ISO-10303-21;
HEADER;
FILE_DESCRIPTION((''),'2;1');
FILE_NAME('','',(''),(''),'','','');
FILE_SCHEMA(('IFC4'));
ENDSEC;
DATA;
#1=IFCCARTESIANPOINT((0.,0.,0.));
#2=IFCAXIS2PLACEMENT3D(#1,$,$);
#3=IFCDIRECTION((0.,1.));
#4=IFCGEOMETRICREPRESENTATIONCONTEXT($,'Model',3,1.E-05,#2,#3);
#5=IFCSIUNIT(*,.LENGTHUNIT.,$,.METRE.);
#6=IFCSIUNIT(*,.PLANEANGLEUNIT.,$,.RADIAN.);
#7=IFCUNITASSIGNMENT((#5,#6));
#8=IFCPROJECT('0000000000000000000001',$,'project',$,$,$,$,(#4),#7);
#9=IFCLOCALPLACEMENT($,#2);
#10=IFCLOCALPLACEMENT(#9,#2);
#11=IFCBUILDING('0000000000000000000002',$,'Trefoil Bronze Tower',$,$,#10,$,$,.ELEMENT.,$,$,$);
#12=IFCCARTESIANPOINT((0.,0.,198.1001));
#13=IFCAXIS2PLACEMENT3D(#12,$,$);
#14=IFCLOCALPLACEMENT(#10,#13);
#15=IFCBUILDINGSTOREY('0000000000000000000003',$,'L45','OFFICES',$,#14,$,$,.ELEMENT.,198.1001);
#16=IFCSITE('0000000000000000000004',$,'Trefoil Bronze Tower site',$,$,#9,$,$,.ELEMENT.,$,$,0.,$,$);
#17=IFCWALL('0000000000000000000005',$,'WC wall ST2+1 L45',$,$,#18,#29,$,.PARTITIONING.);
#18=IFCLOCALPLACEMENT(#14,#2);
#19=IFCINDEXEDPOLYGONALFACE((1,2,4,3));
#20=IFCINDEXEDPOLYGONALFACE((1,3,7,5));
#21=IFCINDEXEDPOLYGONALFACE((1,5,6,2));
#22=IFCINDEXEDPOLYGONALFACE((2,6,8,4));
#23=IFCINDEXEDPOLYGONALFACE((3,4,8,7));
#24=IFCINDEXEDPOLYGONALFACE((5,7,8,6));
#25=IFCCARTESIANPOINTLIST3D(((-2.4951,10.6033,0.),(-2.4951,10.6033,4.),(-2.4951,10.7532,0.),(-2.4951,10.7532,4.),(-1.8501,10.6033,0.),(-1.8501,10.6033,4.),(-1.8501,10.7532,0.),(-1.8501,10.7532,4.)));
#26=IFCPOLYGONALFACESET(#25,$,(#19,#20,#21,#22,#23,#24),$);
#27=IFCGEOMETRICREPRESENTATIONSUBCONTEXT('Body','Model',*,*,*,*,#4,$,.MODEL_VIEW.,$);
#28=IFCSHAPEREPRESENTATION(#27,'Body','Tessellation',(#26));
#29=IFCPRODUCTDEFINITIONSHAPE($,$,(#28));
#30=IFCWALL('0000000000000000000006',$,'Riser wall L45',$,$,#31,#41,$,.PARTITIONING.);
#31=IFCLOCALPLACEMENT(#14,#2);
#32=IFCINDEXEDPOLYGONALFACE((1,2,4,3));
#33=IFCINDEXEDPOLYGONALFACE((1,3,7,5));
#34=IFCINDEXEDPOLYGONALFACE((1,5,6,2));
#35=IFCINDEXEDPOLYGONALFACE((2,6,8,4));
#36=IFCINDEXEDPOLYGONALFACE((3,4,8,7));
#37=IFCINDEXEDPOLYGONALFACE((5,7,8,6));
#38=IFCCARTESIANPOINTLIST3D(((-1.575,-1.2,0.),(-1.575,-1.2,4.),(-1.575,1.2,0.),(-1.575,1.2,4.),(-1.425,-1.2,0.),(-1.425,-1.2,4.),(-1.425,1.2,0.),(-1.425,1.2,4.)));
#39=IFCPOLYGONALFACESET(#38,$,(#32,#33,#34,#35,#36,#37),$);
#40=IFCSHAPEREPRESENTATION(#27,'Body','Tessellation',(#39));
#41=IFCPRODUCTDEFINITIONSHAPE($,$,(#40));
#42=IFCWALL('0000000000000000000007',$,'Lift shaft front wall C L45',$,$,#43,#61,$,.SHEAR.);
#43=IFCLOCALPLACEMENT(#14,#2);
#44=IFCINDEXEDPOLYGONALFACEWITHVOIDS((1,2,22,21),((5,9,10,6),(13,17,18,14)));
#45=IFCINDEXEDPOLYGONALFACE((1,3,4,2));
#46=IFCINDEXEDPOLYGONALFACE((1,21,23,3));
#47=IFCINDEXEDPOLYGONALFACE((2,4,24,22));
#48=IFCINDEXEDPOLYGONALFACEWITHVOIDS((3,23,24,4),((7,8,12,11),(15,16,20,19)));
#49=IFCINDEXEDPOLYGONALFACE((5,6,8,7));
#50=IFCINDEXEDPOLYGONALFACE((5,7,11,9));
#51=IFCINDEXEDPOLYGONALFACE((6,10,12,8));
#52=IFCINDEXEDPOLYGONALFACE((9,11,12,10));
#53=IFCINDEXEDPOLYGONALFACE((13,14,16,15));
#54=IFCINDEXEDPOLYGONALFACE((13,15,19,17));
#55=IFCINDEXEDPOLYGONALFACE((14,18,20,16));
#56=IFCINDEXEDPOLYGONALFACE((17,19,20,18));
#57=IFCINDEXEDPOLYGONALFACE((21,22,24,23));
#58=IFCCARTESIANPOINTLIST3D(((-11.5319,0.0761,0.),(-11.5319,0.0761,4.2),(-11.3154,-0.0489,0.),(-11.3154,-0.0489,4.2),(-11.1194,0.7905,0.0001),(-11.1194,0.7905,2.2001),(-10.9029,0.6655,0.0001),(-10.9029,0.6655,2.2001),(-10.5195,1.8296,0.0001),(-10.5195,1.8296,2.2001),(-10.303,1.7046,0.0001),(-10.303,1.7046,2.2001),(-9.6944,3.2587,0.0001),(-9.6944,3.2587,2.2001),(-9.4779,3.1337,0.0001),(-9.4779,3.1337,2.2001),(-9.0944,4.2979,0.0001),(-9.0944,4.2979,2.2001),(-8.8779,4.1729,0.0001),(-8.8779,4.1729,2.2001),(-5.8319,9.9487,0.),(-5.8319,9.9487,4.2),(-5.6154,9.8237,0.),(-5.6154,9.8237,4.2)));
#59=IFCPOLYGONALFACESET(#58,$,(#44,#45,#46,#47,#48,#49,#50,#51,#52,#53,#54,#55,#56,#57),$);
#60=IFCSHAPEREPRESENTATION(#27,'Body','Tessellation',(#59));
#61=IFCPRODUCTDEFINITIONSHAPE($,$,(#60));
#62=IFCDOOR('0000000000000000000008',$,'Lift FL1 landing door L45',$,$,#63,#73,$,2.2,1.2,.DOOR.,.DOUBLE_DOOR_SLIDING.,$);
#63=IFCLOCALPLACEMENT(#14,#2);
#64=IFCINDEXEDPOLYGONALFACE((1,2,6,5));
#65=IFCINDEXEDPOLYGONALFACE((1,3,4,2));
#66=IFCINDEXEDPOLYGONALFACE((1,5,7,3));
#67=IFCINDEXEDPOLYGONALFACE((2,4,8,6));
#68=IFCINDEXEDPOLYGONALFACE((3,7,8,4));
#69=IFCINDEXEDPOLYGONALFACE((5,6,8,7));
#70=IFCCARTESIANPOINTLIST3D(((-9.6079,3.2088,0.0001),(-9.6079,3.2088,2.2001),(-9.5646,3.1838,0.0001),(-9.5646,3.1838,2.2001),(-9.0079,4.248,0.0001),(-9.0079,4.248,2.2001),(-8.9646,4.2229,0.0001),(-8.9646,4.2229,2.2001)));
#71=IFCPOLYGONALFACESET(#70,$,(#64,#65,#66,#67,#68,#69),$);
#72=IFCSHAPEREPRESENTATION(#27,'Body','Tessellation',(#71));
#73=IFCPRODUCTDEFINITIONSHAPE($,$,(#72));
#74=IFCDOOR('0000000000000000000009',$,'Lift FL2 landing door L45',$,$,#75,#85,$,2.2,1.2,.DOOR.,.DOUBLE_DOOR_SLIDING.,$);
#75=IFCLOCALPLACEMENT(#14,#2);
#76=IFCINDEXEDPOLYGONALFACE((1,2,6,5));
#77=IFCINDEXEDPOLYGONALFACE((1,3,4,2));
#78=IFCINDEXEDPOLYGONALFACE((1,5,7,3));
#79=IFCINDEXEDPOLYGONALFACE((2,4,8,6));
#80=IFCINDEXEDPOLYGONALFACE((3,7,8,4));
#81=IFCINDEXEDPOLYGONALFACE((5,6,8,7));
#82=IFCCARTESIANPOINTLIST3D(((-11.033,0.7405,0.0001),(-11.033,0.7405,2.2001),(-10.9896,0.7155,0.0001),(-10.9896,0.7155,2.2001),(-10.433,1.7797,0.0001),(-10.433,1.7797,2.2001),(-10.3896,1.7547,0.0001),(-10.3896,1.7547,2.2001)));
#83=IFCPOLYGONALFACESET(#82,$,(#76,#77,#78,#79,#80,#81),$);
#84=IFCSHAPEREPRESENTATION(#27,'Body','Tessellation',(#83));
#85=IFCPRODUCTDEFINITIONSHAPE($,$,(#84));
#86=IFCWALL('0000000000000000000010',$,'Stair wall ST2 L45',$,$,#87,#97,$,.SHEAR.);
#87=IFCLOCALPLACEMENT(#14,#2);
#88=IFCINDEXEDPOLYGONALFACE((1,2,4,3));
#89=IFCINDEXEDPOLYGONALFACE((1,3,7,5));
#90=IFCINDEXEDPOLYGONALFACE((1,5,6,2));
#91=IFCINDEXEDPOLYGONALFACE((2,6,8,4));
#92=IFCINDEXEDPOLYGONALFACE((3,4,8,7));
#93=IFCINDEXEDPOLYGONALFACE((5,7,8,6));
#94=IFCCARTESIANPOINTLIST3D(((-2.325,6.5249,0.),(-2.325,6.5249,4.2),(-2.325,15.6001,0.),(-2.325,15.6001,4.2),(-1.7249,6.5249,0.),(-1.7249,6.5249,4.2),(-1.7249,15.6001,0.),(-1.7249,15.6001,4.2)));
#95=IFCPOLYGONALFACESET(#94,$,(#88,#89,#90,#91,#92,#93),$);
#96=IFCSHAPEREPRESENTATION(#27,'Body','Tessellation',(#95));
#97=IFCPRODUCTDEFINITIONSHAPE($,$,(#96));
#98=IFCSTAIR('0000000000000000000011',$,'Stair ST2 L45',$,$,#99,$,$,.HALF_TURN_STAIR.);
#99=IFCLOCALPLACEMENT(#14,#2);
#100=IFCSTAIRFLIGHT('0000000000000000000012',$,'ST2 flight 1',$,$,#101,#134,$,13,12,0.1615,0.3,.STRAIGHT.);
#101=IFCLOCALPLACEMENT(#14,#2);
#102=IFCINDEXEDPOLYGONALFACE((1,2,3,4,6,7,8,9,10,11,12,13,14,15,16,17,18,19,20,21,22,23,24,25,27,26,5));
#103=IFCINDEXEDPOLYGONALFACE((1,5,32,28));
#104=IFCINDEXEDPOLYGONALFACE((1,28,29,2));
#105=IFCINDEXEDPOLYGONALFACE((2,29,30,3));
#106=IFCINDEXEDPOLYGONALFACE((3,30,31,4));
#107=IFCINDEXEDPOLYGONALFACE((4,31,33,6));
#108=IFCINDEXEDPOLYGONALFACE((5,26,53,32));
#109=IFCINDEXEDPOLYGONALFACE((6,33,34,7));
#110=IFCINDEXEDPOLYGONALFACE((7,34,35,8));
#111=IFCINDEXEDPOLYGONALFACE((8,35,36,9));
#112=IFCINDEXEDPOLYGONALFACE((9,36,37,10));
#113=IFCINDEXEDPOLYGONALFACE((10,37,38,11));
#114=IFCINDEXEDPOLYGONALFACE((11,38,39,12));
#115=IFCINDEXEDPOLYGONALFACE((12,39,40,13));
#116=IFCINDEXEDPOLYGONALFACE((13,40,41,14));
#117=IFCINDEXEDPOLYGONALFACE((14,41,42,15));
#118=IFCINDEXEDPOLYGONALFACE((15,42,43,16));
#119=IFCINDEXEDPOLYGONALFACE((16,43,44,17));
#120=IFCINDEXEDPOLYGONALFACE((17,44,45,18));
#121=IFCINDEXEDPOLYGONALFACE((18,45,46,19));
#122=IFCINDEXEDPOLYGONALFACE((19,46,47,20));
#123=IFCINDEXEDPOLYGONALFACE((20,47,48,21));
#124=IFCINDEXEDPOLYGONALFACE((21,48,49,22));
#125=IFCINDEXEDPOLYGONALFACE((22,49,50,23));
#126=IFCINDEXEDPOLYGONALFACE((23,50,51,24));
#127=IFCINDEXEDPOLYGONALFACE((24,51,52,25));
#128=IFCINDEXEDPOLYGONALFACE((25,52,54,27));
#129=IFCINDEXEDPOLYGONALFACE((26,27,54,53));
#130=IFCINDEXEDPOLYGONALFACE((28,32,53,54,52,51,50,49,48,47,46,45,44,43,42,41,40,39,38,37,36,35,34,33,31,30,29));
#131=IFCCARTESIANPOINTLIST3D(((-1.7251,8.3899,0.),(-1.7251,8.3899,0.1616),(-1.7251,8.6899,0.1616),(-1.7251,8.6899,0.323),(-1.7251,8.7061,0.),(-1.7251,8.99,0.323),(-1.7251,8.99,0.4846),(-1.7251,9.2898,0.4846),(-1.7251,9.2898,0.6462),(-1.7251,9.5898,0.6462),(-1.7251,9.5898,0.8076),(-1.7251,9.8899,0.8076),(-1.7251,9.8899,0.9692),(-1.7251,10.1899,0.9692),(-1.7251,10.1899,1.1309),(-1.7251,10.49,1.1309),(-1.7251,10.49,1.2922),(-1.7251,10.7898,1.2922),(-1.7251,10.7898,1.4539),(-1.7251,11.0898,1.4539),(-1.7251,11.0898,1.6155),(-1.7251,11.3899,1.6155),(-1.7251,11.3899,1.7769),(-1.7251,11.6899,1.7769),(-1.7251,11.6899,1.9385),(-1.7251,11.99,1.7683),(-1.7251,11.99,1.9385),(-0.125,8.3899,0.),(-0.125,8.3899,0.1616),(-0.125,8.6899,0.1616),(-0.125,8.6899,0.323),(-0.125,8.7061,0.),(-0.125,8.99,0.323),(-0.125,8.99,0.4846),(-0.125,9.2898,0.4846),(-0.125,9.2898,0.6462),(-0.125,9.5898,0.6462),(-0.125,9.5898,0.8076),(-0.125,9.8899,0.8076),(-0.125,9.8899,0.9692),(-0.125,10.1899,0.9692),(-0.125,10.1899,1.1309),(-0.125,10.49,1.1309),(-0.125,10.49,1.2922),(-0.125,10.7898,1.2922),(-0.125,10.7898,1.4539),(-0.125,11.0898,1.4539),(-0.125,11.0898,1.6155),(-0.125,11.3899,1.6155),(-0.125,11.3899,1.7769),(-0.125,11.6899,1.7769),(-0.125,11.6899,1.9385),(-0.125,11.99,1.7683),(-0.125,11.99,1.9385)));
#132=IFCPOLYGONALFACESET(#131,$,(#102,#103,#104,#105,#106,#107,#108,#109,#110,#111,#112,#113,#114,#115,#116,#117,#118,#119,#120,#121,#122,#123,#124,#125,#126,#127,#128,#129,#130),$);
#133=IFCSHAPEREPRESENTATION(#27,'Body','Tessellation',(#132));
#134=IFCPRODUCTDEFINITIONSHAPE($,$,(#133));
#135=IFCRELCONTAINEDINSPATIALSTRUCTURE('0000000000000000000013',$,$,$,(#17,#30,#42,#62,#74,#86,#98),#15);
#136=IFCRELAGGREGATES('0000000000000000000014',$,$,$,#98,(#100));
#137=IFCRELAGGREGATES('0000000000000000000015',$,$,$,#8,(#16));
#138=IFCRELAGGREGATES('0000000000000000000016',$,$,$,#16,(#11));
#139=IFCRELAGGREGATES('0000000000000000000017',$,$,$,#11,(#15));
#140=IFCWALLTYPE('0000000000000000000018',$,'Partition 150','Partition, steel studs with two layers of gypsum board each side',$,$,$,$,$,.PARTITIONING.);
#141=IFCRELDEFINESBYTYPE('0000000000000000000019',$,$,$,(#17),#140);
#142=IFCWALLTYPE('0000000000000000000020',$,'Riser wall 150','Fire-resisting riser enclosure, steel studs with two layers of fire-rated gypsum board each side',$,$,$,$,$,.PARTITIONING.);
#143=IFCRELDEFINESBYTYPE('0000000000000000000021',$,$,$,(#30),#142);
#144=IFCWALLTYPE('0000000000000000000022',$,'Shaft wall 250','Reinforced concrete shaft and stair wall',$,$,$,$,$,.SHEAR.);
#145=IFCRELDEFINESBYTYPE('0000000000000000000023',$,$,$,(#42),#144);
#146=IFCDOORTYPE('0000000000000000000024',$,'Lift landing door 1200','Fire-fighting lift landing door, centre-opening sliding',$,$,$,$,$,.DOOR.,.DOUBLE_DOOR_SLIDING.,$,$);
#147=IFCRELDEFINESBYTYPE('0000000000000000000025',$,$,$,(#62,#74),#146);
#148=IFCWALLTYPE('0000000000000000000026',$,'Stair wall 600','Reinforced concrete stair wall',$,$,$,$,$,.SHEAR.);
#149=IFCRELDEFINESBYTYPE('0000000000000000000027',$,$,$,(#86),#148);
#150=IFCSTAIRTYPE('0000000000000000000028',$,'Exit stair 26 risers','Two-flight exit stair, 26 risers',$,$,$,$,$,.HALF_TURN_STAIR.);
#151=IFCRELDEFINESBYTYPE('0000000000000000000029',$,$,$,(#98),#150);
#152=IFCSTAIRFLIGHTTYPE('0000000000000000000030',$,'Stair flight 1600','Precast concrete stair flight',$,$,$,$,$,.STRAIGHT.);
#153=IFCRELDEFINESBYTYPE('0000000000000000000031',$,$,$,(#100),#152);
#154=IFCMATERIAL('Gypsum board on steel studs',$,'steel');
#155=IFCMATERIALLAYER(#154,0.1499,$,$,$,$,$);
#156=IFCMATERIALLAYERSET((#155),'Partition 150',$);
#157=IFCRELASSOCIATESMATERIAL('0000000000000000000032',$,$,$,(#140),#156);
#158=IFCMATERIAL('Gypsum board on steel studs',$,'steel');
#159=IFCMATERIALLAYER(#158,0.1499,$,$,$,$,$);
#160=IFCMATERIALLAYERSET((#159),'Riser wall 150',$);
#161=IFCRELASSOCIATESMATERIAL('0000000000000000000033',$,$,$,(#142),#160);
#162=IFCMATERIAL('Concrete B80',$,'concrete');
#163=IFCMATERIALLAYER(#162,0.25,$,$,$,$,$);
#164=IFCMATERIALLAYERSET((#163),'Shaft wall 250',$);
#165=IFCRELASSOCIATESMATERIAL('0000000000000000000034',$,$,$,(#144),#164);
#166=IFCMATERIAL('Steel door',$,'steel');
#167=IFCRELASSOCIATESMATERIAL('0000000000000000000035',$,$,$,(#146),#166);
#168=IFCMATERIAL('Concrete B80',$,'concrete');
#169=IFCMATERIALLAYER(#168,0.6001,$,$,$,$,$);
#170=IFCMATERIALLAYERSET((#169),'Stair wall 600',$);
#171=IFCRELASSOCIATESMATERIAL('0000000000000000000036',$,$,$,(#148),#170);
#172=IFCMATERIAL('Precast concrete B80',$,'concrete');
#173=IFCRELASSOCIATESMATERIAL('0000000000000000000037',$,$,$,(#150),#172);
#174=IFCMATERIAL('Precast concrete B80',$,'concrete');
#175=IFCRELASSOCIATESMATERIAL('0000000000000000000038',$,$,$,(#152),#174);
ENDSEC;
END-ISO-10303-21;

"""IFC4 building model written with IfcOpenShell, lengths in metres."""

from ifc_helpers import new_model, si_unit, direction, frame, frame_2d, origin, place, context, subcontext, project, spatial, polyline, rectangle, outline, extrude, material, layer, layer_set, type_object, element, fill, aggregate, save


model = new_model("IFC4")

# Units and contexts
model_context = context("Model", 3, precision=1e-05, world=origin(), true_north=direction((0.0, 1.0)))
body_context = subcontext(model_context, "Body", "Model", "MODEL_VIEW")
ifc_project = project(units=[si_unit("LENGTHUNIT", "METRE"), si_unit("PLANEANGLEUNIT", "RADIAN")], contexts=[model_context])

# Site, building, storey
site_placement = place(None, origin())
site = spatial("IfcSite", under=ifc_project, at=site_placement, Name="Trefoil Bronze Tower site", CompositionType="ELEMENT", RefElevation=0.0)
building_placement = place(site_placement, origin())
building = spatial("IfcBuilding", under=site, at=building_placement, Name="Trefoil Bronze Tower", CompositionType="ELEMENT")
storey_placement = place(building_placement, frame((0.0, 0.0, 198.1001)))
storey = spatial("IfcBuildingStorey", under=building, at=storey_placement, Name="L45", Description="OFFICES", CompositionType="ELEMENT", Elevation=198.1001)

# Shared definitions
ifc_material_1 = material(Name="Gypsum board on steel studs", Category="steel")
ifc_layer_1 = layer(ifc_material_1, 0.1499)
ifc_layer_set_1 = layer_set([ifc_layer_1], Name="Partition 150")
wall_type_1 = type_object("IfcWallType", Name="Partition 150", Description="Partition, steel studs with two layers of gypsum board each side", PredefinedType="PARTITIONING", material=ifc_layer_set_1)

# Walls
wall_1_placement = place(storey_placement, frame((-2.4951, 10.6782, 0.0), z_axis=(0.0, 0.0, 1.0), x_axis=(1.0, 0.0, 0.0)))
element("IfcWall", 1, at=wall_1_placement, inside=storey, type_object=wall_type_1, Name="WC wall ST2+1 L45", PredefinedType="PARTITIONING", context=body_context, shape_type="SweptSolid", body=[
    extrude(rectangle(XDim=0.645, YDim=0.1499, at=frame_2d((0.3225, 0.0))), origin(), (0.0, 0.0, 1.0), 4.0),
])
ifc_material_2 = material(Name="Gypsum board on steel studs", Category="steel")
ifc_layer_2 = layer(ifc_material_2, 0.1499)
ifc_layer_set_2 = layer_set([ifc_layer_2], Name="Riser wall 150")
wall_type_2 = type_object("IfcWallType", Name="Riser wall 150", Description="Fire-resisting riser enclosure, steel studs with two layers of fire-rated gypsum board each side", PredefinedType="PARTITIONING", material=ifc_layer_set_2)
wall_2_placement = place(storey_placement, frame((-1.5, 1.2, 0.0), z_axis=(0.0, 0.0, 1.0), x_axis=(0.0, -1.0, 0.0)))
element("IfcWall", 2, at=wall_2_placement, inside=storey, type_object=wall_type_2, Name="Riser wall L45", PredefinedType="PARTITIONING", context=body_context, shape_type="SweptSolid", body=[
    extrude(rectangle(XDim=2.3999, YDim=0.1499, at=frame_2d((1.2, 0.0))), origin(), (0.0, 0.0, 1.0), 4.0),
])

# Wall, openings, doors
ifc_material_3 = material(Name="Concrete B80", Category="concrete")
ifc_layer_3 = layer(ifc_material_3, 0.25)
ifc_layer_set_3 = layer_set([ifc_layer_3], Name="Shaft wall 250")
wall_type_3 = type_object("IfcWallType", Name="Shaft wall 250", Description="Reinforced concrete shaft and stair wall", PredefinedType="SHEAR", material=ifc_layer_set_3)
wall_3_placement = place(storey_placement, frame((-5.7236, 9.8862, 0.0), z_axis=(0.0, 0.0, 1.0), x_axis=(-0.500002, -0.866024, 0.0)))
wall_3 = element("IfcWall", 3, at=wall_3_placement, inside=storey, type_object=wall_type_3, Name="Lift shaft front wall C L45", PredefinedType="SHEAR", context=body_context, shape_type="SweptSolid", body=[
    extrude(rectangle(XDim=11.3999, YDim=0.25, at=frame_2d((5.7, 0.0))), origin(), (0.0, 0.0, 1.0), 4.2),
])
opening_1_placement = place(wall_3_placement, frame((6.5249, 0.0, 0.0)))
opening_1 = element("IfcOpeningElement", 4, at=opening_1_placement, cuts=wall_3, PredefinedType="OPENING", context=body_context, shape_type="SweptSolid", body=[
    extrude(rectangle(XDim=1.2, YDim=2.2, at=frame_2d((0.6001, 1.1001))), frame((0.0, 0.135, 0.0), z_axis=(0.0, -1.0, 0.0), x_axis=(1.0, 0.0, 0.0)), (0.0, 0.0, 1.0), 0.27),
])
opening_2_placement = place(wall_3_placement, frame((9.375, 0.0, 0.0)))
opening_2 = element("IfcOpeningElement", 5, at=opening_2_placement, cuts=wall_3, PredefinedType="OPENING", context=body_context, shape_type="SweptSolid", body=[
    extrude(rectangle(XDim=1.2, YDim=2.2, at=frame_2d((0.6001, 1.1001))), frame((0.0, 0.135, 0.0), z_axis=(0.0, -1.0, 0.0), x_axis=(1.0, 0.0, 0.0)), (0.0, 0.0, 1.0), 0.27),
])
ifc_material_4 = material(Name="Steel door", Category="steel")
door_type_1 = type_object("IfcDoorType", Name="Lift landing door 1200", Description="Fire-fighting lift landing door, centre-opening sliding", OperationType="DOUBLE_DOOR_SLIDING", PredefinedType="DOOR", material=ifc_material_4)
door_1_placement = place(opening_1_placement, origin())
door_1 = element("IfcDoor", 6, at=door_1_placement, inside=storey, type_object=door_type_1, Name="Lift FL1 landing door L45", OperationType="DOUBLE_DOOR_SLIDING", OverallHeight=2.2, OverallWidth=1.2, PredefinedType="DOOR", context=body_context, shape_type="SweptSolid", body=[
    extrude(rectangle(XDim=1.2, YDim=2.2, at=frame_2d((0.6001, 1.1001))), frame((0.0, 0.0249, 0.0), z_axis=(0.0, -1.0, 0.0), x_axis=(1.0, 0.0, 0.0)), (0.0, 0.0, 1.0), 0.05),
])
fill(opening_1, door_1)
door_2_placement = place(opening_2_placement, origin())
door_2 = element("IfcDoor", 7, at=door_2_placement, inside=storey, type_object=door_type_1, Name="Lift FL2 landing door L45", OperationType="DOUBLE_DOOR_SLIDING", OverallHeight=2.2, OverallWidth=1.2, PredefinedType="DOOR", context=body_context, shape_type="SweptSolid", body=[
    extrude(rectangle(XDim=1.2, YDim=2.2, at=frame_2d((0.6001, 1.1001))), frame((0.0, 0.0249, 0.0), z_axis=(0.0, -1.0, 0.0), x_axis=(1.0, 0.0, 0.0)), (0.0, 0.0, 1.0), 0.05),
])
fill(opening_2, door_2)

# Wall
ifc_material_5 = material(Name="Concrete B80", Category="concrete")
ifc_layer_4 = layer(ifc_material_5, 0.6001)
ifc_layer_set_4 = layer_set([ifc_layer_4], Name="Stair wall 600")
wall_type_4 = type_object("IfcWallType", Name="Stair wall 600", Description="Reinforced concrete stair wall", PredefinedType="SHEAR", material=ifc_layer_set_4)
wall_4_placement = place(storey_placement, frame((-2.0249, 6.5249, 0.0), z_axis=(0.0, 0.0, 1.0), x_axis=(0.0, 1.0, 0.0)))
element("IfcWall", 8, at=wall_4_placement, inside=storey, type_object=wall_type_4, Name="Stair wall ST2 L45", PredefinedType="SHEAR", context=body_context, shape_type="SweptSolid", body=[
    extrude(rectangle(XDim=9.0752, YDim=0.6001, at=frame_2d((4.5376, 0.0))), origin(), (0.0, 0.0, 1.0), 4.2),
])

# Stair, stair flight
ifc_material_6 = material(Name="Precast concrete B80", Category="concrete")
stair_type = type_object("IfcStairType", Name="Exit stair 26 risers", Description="Two-flight exit stair, 26 risers", PredefinedType="HALF_TURN_STAIR", material=ifc_material_6)
stair_placement = place(storey_placement, origin())
stair = element("IfcStair", 9, at=stair_placement, inside=storey, type_object=stair_type, Name="Stair ST2 L45", PredefinedType="HALF_TURN_STAIR")
ifc_material_7 = material(Name="Precast concrete B80", Category="concrete")
stair_flight_type = type_object("IfcStairFlightType", Name="Stair flight 1600", Description="Precast concrete stair flight", PredefinedType="STRAIGHT", material=ifc_material_7)
stair_flight_placement = place(storey_placement, frame((-0.925, 8.3899, 0.0), z_axis=(0.0, 0.0, 1.0), x_axis=(0.0, 1.0, 0.0)))
stair_flight = element("IfcStairFlight", 10, at=stair_flight_placement, type_object=stair_flight_type, Name="ST2 flight 1", NumberOfRisers=13, NumberOfTreads=12, PredefinedType="STRAIGHT", RiserHeight=0.1615, TreadLength=0.3, context=body_context, shape_type="SweptSolid", body=[
    extrude(outline(polyline([(0.0, 0.0), (0.0, 0.1616), (0.3, 0.1616), (0.3, 0.323), (0.6001, 0.323), (0.6001, 0.4846), (0.8999, 0.4846), (0.8999, 0.6462), (1.2, 0.6462), (1.2, 0.8076), (1.5, 0.8076), (1.5, 0.9692), (1.8, 0.9692), (1.8, 1.1309), (2.1001, 1.1309), (2.1001, 1.2922), (2.3999, 1.2922), (2.3999, 1.4539), (2.7, 1.4539), (2.7, 1.6155), (3.0, 1.6155), (3.0, 1.7769), (3.3, 1.7769), (3.3, 1.9385), (3.6001, 1.9385), (3.6001, 2.1001), (3.6001, 1.7683), (0.3162, 0.0), (0.0, 0.0)])), frame((0.0, 0.8, 0.0), z_axis=(0.0, -1.0, 0.0), x_axis=(1.0, 0.0, 0.0)), (0.0, 0.0, 1.0), 1.6001),
])
aggregate(stair, [stair_flight])

save(model, "model.ifc")
